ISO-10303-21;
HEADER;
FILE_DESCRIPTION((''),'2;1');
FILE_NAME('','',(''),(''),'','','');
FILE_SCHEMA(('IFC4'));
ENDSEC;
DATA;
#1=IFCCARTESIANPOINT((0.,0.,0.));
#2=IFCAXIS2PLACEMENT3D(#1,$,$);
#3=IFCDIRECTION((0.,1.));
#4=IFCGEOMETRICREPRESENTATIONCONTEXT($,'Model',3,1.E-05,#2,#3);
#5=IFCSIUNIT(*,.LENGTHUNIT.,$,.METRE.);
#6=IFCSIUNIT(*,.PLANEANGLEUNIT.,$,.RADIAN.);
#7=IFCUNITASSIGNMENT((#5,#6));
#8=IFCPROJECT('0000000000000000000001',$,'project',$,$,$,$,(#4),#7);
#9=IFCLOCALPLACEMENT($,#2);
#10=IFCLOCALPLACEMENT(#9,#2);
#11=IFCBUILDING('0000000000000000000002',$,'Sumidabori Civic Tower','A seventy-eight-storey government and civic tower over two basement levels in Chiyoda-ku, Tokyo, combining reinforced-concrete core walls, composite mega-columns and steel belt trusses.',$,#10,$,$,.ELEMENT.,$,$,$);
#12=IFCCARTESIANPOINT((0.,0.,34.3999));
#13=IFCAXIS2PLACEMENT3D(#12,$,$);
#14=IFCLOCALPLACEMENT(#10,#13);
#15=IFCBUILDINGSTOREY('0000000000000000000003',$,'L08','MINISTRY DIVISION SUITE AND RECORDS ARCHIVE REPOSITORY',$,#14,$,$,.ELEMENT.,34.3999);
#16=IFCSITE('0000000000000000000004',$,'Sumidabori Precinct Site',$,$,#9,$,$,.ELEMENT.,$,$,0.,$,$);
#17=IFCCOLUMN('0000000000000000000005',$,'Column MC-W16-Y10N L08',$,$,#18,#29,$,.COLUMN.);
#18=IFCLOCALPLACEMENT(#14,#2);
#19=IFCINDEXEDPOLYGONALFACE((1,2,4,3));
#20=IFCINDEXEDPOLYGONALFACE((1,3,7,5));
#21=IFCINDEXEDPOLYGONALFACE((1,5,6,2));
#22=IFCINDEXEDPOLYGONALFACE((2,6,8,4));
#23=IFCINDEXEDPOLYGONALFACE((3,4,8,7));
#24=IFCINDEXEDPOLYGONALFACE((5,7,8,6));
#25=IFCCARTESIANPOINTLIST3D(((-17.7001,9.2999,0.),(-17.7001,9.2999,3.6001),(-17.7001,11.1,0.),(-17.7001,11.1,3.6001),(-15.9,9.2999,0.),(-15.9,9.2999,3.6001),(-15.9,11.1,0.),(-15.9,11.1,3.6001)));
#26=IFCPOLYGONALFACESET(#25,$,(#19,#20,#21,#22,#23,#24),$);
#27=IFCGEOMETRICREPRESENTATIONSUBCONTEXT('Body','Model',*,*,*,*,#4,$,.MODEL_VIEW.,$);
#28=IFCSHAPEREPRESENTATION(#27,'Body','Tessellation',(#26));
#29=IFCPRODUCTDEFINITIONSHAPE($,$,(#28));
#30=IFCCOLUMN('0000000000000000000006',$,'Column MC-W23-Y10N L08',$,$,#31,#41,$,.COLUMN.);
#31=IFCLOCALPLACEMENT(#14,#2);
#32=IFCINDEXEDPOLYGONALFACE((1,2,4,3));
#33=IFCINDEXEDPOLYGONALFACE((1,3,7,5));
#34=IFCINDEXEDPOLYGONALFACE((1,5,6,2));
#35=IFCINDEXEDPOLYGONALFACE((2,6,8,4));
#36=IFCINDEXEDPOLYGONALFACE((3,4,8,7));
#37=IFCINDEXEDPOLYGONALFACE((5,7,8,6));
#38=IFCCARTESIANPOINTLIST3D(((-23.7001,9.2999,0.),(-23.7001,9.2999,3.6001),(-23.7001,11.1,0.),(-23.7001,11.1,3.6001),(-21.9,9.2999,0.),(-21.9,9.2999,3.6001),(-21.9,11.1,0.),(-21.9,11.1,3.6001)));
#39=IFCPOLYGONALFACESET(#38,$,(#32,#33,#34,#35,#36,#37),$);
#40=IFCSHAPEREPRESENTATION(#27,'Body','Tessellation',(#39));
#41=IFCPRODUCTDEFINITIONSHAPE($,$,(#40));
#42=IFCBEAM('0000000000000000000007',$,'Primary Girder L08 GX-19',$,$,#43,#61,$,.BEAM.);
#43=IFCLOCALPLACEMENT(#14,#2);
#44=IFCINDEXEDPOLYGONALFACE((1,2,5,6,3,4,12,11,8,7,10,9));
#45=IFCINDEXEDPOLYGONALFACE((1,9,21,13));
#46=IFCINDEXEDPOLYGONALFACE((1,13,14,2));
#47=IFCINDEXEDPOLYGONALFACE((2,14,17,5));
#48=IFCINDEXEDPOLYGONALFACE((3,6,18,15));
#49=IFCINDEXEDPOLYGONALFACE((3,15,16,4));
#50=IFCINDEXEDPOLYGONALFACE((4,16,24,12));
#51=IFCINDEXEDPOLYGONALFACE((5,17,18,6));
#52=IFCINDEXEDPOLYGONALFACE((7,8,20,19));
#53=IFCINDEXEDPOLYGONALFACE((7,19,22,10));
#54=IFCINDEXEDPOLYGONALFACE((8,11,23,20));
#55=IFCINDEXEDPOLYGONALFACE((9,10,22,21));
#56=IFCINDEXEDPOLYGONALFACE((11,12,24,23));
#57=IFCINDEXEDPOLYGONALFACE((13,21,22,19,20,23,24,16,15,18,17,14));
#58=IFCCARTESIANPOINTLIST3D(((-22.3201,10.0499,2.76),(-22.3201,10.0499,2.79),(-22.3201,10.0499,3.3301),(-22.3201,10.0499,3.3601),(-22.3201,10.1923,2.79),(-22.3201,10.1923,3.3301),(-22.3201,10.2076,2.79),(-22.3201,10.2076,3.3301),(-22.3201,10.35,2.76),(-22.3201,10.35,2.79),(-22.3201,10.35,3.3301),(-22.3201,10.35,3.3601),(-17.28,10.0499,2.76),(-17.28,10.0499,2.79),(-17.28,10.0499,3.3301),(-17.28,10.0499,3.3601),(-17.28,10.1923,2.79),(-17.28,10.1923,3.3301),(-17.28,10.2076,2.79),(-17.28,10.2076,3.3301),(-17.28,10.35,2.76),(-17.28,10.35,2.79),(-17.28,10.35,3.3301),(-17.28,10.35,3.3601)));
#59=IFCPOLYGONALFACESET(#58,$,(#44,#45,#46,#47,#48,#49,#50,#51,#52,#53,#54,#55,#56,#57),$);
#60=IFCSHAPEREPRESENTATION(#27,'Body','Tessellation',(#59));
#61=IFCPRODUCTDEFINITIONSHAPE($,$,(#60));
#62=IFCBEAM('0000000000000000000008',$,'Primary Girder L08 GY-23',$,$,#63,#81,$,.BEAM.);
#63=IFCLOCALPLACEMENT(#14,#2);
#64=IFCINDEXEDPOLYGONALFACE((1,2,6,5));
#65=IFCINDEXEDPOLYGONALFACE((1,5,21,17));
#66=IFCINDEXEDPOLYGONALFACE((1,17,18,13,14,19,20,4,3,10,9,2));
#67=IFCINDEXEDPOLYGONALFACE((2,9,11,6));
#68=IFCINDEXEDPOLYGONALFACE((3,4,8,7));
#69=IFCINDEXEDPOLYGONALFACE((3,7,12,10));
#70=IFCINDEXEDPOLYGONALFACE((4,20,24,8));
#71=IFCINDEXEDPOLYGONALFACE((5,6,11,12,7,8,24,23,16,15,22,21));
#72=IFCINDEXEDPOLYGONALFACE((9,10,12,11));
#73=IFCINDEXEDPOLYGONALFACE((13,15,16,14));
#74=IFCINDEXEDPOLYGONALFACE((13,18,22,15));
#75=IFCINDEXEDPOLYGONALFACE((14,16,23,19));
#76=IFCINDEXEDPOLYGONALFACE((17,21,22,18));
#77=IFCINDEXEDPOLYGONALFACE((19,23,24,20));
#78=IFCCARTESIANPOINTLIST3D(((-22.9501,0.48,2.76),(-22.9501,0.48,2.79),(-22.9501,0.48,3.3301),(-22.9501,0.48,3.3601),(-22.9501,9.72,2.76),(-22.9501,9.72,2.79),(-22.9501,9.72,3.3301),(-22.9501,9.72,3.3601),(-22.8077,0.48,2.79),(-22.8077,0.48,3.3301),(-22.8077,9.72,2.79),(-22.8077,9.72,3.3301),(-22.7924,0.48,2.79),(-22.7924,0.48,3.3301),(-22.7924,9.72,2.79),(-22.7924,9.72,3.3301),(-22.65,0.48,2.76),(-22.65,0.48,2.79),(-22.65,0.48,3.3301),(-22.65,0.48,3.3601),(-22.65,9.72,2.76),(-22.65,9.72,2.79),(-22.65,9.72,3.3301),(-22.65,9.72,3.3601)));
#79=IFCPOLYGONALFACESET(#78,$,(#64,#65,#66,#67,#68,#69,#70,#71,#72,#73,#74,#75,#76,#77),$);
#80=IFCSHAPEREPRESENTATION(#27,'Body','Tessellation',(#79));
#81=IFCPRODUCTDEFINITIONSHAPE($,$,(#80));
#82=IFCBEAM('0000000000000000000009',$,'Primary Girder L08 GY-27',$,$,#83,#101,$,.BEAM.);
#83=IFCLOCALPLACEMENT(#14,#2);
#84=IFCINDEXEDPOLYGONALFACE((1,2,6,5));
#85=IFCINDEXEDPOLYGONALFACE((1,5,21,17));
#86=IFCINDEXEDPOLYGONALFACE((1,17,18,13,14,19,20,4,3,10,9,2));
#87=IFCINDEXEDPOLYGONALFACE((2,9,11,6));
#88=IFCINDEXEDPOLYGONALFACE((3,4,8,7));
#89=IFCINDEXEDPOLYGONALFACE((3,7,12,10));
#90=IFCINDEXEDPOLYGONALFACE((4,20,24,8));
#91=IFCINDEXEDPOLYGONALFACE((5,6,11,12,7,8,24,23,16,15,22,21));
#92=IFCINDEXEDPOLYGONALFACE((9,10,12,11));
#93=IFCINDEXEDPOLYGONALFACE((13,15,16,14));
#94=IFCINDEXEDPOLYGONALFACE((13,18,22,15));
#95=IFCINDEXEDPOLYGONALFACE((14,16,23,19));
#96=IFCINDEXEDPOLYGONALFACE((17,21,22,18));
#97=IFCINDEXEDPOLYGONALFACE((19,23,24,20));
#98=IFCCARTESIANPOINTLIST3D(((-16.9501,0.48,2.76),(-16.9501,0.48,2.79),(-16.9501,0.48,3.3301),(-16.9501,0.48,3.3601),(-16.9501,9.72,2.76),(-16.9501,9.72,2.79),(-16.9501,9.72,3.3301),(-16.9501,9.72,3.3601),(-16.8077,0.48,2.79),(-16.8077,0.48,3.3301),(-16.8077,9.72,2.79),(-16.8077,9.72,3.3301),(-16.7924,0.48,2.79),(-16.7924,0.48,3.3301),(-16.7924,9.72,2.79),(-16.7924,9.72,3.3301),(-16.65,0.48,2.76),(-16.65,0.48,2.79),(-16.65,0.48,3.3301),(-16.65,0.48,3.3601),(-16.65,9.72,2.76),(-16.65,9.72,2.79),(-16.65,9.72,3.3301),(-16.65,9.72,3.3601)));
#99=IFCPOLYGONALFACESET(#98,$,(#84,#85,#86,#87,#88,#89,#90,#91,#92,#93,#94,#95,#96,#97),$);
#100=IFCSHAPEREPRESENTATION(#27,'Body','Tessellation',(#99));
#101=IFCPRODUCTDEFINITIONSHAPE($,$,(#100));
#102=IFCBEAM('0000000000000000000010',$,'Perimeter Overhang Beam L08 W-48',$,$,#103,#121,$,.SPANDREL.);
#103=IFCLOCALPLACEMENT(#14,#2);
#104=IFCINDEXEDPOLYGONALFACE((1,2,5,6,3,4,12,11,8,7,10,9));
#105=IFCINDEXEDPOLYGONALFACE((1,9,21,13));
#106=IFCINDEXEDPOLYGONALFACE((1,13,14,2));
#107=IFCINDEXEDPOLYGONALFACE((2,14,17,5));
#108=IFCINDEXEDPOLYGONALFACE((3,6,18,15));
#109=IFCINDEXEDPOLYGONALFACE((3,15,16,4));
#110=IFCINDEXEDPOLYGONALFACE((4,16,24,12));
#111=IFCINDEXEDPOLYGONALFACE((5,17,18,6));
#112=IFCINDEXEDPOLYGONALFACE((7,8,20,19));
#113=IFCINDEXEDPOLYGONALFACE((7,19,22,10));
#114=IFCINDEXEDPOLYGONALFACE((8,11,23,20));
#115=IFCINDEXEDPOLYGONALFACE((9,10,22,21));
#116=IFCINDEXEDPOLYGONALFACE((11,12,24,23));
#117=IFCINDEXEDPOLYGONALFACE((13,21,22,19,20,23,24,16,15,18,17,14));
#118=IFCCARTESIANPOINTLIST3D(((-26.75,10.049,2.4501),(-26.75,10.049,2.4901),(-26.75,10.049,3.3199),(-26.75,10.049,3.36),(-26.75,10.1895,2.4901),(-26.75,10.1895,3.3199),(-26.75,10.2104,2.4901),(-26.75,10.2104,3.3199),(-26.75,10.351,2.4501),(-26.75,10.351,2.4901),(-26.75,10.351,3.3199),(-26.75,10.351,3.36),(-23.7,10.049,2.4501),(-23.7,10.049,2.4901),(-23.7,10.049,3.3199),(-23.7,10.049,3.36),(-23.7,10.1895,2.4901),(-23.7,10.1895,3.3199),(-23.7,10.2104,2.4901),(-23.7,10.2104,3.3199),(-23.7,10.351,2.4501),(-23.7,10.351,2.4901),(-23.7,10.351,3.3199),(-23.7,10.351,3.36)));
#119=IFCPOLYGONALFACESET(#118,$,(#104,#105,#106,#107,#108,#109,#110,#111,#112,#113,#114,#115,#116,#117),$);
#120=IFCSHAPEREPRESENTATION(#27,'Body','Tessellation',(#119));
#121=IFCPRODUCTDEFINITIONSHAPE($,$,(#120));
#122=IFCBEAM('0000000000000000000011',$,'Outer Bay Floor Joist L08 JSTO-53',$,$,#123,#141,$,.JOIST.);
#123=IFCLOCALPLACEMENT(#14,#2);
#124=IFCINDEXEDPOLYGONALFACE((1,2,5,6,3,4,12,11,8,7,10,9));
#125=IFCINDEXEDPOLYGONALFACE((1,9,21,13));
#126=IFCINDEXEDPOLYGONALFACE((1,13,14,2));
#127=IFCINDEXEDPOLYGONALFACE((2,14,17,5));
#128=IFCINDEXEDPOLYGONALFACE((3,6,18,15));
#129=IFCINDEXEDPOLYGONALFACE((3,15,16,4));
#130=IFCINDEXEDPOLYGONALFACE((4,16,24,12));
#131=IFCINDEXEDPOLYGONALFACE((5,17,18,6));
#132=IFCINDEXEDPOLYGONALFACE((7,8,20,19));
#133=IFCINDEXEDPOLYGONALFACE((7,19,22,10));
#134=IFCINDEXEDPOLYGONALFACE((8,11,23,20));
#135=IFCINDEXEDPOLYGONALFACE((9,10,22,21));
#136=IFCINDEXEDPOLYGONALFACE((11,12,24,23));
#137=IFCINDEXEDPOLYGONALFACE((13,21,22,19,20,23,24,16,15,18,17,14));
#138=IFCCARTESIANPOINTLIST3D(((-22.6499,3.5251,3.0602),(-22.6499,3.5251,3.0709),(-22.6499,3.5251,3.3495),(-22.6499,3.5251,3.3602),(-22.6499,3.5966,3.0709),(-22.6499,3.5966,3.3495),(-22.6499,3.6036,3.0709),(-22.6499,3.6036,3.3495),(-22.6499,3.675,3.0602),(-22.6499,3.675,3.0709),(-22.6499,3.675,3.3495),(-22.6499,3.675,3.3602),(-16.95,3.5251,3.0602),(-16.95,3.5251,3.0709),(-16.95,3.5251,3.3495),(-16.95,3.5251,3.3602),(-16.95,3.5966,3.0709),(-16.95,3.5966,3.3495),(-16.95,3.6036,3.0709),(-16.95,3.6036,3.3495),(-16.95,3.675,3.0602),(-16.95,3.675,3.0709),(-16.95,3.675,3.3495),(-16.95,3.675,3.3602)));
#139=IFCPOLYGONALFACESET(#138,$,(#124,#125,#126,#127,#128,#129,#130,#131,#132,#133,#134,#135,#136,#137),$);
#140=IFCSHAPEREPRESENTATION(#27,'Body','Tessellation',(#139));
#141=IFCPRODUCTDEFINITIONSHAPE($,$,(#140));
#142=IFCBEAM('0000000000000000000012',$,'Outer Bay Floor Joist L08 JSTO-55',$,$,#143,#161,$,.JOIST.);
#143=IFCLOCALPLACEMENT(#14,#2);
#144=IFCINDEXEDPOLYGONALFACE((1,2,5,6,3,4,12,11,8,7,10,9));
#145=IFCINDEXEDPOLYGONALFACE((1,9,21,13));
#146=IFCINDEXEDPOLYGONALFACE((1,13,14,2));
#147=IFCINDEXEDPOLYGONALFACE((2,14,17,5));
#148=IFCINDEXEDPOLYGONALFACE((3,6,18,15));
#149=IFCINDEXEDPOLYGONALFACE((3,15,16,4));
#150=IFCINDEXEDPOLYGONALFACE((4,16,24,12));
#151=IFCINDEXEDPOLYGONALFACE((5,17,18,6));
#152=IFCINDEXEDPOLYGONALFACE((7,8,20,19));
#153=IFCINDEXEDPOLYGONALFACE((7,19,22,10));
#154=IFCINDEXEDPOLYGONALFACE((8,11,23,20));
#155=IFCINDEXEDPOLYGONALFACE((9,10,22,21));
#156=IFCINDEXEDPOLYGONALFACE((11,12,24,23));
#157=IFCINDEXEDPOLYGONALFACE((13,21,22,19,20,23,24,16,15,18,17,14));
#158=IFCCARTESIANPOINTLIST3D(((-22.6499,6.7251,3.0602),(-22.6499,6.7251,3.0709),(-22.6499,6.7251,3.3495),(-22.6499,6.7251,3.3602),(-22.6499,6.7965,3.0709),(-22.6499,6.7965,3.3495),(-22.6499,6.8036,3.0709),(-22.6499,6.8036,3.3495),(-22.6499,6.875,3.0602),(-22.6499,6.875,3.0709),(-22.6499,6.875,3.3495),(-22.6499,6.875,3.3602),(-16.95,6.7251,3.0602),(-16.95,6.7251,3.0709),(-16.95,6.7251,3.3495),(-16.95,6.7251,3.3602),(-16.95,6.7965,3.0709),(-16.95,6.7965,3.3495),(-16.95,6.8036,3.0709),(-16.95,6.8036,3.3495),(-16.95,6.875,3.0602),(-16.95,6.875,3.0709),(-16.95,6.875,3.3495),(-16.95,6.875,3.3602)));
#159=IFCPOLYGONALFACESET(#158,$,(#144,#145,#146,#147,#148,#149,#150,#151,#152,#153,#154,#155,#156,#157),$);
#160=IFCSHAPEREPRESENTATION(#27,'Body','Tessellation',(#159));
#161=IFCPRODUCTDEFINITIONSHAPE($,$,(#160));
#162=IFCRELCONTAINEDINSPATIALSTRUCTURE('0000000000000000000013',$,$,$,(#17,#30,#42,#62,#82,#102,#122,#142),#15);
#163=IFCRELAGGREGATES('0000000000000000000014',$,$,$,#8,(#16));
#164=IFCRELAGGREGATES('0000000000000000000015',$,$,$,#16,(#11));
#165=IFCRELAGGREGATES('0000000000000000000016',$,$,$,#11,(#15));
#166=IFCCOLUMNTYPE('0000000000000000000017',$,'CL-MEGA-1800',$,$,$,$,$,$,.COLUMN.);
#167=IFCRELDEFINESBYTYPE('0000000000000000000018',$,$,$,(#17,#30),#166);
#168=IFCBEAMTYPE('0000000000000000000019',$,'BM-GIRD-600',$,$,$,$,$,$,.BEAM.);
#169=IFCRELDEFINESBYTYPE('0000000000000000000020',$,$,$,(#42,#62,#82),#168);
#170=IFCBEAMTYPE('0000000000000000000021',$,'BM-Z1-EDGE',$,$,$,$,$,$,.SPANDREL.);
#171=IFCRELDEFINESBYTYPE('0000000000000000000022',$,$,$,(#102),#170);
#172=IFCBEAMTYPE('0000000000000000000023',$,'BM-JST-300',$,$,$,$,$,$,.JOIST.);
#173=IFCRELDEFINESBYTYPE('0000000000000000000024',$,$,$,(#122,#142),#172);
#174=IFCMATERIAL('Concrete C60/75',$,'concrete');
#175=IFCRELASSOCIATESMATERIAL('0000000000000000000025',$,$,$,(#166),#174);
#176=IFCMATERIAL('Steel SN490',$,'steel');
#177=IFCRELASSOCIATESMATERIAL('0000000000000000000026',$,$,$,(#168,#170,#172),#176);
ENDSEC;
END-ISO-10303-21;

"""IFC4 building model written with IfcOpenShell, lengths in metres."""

from ifc_helpers import new_model, si_unit, direction, frame, origin, origin_2d, place, context, subcontext, project, spatial, rectangle, i_section, extrude, source, transform, mapped, material, material_profile, profile_set, type_object, element, save


model = new_model("IFC4")

# Units and contexts
model_context = context("Model", 3, precision=1e-05, world=origin(), true_north=direction((0.0, 1.0)))
body_context = subcontext(model_context, "Body", "Model", "MODEL_VIEW")
ifc_project = project(units=[si_unit("LENGTHUNIT", "METRE"), si_unit("PLANEANGLEUNIT", "RADIAN")], contexts=[model_context])

# Site, building, storey
site_placement = place(None, origin())
site = spatial("IfcSite", under=ifc_project, at=site_placement, Name="Sumidabori Precinct Site", CompositionType="ELEMENT", RefElevation=0.0)
building_placement = place(site_placement, origin())
building = spatial("IfcBuilding", under=site, at=building_placement, Name="Sumidabori Civic Tower", Description="A seventy-eight-storey government and civic tower over two basement levels in Chiyoda-ku, Tokyo, combining reinforced-concrete core walls, composite mega-columns and steel belt trusses.", CompositionType="ELEMENT")
storey_placement = place(building_placement, frame((0.0, 0.0, 34.3999)))
storey = spatial("IfcBuildingStorey", under=building, at=storey_placement, Name="L08", Description="MINISTRY DIVISION SUITE AND RECORDS ARCHIVE REPOSITORY", CompositionType="ELEMENT", Elevation=34.3999)

# Columns
ifc_material_1 = material(Name="Concrete C60/75", Category="concrete")
ifc_material_profile_1 = material_profile(ifc_material_1, rectangle(XDim=1.8, YDim=1.8, at=origin_2d()), Name="RC 1800x1800")
ifc_profile_set_1 = profile_set([ifc_material_profile_1], Name="Concrete C60/75")
column_type = type_object("IfcColumnType", Name="CL-MEGA-1800", PredefinedType="COLUMN", material=ifc_profile_set_1)
shared_shape_1 = source(origin(), body_context, "Body", "SweptSolid", [
    extrude(rectangle(XDim=1.8, YDim=1.8, at=origin_2d()), origin(), (0.0, 0.0, 1.0), 3.6001),
])
for number, where, z_axis, x_axis, name in (
    (1, (-16.8, 10.2, 0.0), (0.0, 0.0, 1.0), (1.0, 0.0, 0.0), "Column MC-W16-Y10N L08"),
    (2, (-22.8, 10.2, 0.0), (0.0, 0.0, 1.0), (1.0, 0.0, 0.0), "Column MC-W23-Y10N L08"),
):
    element("IfcColumn", number, at=place(storey_placement, frame(where, z_axis=z_axis, x_axis=x_axis)), inside=storey, type_object=column_type, Name=name, PredefinedType="COLUMN", context=body_context, shape_type="MappedRepresentation", body=[
        mapped(shared_shape_1, transform((0.0, 0.0, 0.0), x_axis=(1.0, 0.0, 0.0), y_axis=(0.0, 1.0, 0.0), z_axis=(0.0, 0.0, 1.0), scale=1.0)),
    ])

# Beams
ifc_material_2 = material(Name="Steel SN490", Category="steel")
ifc_material_profile_2 = material_profile(ifc_material_2, i_section(OverallWidth=0.3, OverallDepth=0.6001, WebThickness=0.0154, FlangeThickness=0.03, at=origin_2d()), Name="HE 600 B")
ifc_profile_set_2 = profile_set([ifc_material_profile_2], Name="Steel SN490")
beam_type_1 = type_object("IfcBeamType", Name="BM-GIRD-600", PredefinedType="BEAM", material=ifc_profile_set_2)
shared_shape_2 = source(origin(), body_context, "Body", "SweptSolid", [
    extrude(i_section(OverallWidth=0.3, OverallDepth=0.6001, WebThickness=0.0154, FlangeThickness=0.03, at=origin_2d()), origin(), (0.0, 0.0, 1.0), 5.04),
])
beam_1_placement = place(storey_placement, frame((-22.3201, 10.2, 3.0601), z_axis=(1.0, 0.0, 0.0), x_axis=(0.0, 1.0, 0.0)))
element("IfcBeam", 3, at=beam_1_placement, inside=storey, type_object=beam_type_1, Name="Primary Girder L08 GX-19", PredefinedType="BEAM", context=body_context, shape_type="MappedRepresentation", body=[
    mapped(shared_shape_2, transform((0.0, 0.0, 0.0), x_axis=(1.0, 0.0, 0.0), y_axis=(0.0, 1.0, 0.0), z_axis=(0.0, 0.0, 1.0), scale=1.0)),
])
shared_shape_3 = source(origin(), body_context, "Body", "SweptSolid", [
    extrude(i_section(OverallWidth=0.3, OverallDepth=0.6001, WebThickness=0.0154, FlangeThickness=0.03, at=origin_2d()), origin(), (0.0, 0.0, 1.0), 9.24),
])
for number, where, z_axis, x_axis, name in (
    (4, (-22.8, 0.48, 3.0601), (0.0, 1.0, 0.0), (-1.0, 0.0, 0.0), "Primary Girder L08 GY-23"),
    (5, (-16.8, 0.48, 3.0601), (0.0, 1.0, 0.0), (-1.0, 0.0, 0.0), "Primary Girder L08 GY-27"),
):
    element("IfcBeam", number, at=place(storey_placement, frame(where, z_axis=z_axis, x_axis=x_axis)), inside=storey, type_object=beam_type_1, Name=name, PredefinedType="BEAM", context=body_context, shape_type="MappedRepresentation", body=[
        mapped(shared_shape_3, transform((0.0, 0.0, 0.0), x_axis=(1.0, 0.0, 0.0), y_axis=(0.0, 1.0, 0.0), z_axis=(0.0, 0.0, 1.0), scale=1.0)),
    ])
ifc_material_profile_3 = material_profile(ifc_material_2, i_section(OverallWidth=0.302, OverallDepth=0.9099, WebThickness=0.021, FlangeThickness=0.04, at=origin_2d()), Name="HE 900 M")
ifc_profile_set_3 = profile_set([ifc_material_profile_3], Name="Steel SN490")
beam_type_2 = type_object("IfcBeamType", Name="BM-Z1-EDGE", PredefinedType="SPANDREL", material=ifc_profile_set_3)
shared_shape_4 = source(origin(), body_context, "Body", "SweptSolid", [
    extrude(i_section(OverallWidth=0.302, OverallDepth=0.9099, WebThickness=0.021, FlangeThickness=0.04, at=origin_2d()), origin(), (0.0, 0.0, 1.0), 3.05),
])
beam_2_placement = place(storey_placement, frame((-26.75, 10.2, 2.905), z_axis=(1.0, 0.0, 0.0), x_axis=(0.0, 1.0, 0.0)))
element("IfcBeam", 6, at=beam_2_placement, inside=storey, type_object=beam_type_2, Name="Perimeter Overhang Beam L08 W-48", PredefinedType="SPANDREL", context=body_context, shape_type="MappedRepresentation", body=[
    mapped(shared_shape_4, transform((0.0, 0.0, 0.0), x_axis=(1.0, 0.0, 0.0), y_axis=(0.0, 1.0, 0.0), z_axis=(0.0, 0.0, 1.0), scale=1.0)),
])
ifc_material_profile_4 = material_profile(ifc_material_2, i_section(OverallWidth=0.1499, OverallDepth=0.3, WebThickness=0.0071, FlangeThickness=0.0107, at=origin_2d()), Name="IPE 300")
ifc_profile_set_4 = profile_set([ifc_material_profile_4], Name="Steel SN490")
beam_type_3 = type_object("IfcBeamType", Name="BM-JST-300", PredefinedType="JOIST", material=ifc_profile_set_4)
shared_shape_5 = source(origin(), body_context, "Body", "SweptSolid", [
    extrude(i_section(OverallWidth=0.1499, OverallDepth=0.3, WebThickness=0.0071, FlangeThickness=0.0107, at=origin_2d()), origin(), (0.0, 0.0, 1.0), 5.7),
])
for number, where, z_axis, x_axis, name in (
    (7, (-22.6499, 3.6001, 3.2102), (1.0, 0.0, 0.0), (0.0, 1.0, 0.0), "Outer Bay Floor Joist L08 JSTO-53"),
    (8, (-22.6499, 6.8, 3.2102), (1.0, 0.0, 0.0), (0.0, 1.0, 0.0), "Outer Bay Floor Joist L08 JSTO-55"),
):
    element("IfcBeam", number, at=place(storey_placement, frame(where, z_axis=z_axis, x_axis=x_axis)), inside=storey, type_object=beam_type_3, Name=name, PredefinedType="JOIST", context=body_context, shape_type="MappedRepresentation", body=[
        mapped(shared_shape_5, transform((0.0, 0.0, 0.0), x_axis=(1.0, 0.0, 0.0), y_axis=(0.0, 1.0, 0.0), z_axis=(0.0, 0.0, 1.0), scale=1.0)),
    ])

save(model, "model.ifc")
